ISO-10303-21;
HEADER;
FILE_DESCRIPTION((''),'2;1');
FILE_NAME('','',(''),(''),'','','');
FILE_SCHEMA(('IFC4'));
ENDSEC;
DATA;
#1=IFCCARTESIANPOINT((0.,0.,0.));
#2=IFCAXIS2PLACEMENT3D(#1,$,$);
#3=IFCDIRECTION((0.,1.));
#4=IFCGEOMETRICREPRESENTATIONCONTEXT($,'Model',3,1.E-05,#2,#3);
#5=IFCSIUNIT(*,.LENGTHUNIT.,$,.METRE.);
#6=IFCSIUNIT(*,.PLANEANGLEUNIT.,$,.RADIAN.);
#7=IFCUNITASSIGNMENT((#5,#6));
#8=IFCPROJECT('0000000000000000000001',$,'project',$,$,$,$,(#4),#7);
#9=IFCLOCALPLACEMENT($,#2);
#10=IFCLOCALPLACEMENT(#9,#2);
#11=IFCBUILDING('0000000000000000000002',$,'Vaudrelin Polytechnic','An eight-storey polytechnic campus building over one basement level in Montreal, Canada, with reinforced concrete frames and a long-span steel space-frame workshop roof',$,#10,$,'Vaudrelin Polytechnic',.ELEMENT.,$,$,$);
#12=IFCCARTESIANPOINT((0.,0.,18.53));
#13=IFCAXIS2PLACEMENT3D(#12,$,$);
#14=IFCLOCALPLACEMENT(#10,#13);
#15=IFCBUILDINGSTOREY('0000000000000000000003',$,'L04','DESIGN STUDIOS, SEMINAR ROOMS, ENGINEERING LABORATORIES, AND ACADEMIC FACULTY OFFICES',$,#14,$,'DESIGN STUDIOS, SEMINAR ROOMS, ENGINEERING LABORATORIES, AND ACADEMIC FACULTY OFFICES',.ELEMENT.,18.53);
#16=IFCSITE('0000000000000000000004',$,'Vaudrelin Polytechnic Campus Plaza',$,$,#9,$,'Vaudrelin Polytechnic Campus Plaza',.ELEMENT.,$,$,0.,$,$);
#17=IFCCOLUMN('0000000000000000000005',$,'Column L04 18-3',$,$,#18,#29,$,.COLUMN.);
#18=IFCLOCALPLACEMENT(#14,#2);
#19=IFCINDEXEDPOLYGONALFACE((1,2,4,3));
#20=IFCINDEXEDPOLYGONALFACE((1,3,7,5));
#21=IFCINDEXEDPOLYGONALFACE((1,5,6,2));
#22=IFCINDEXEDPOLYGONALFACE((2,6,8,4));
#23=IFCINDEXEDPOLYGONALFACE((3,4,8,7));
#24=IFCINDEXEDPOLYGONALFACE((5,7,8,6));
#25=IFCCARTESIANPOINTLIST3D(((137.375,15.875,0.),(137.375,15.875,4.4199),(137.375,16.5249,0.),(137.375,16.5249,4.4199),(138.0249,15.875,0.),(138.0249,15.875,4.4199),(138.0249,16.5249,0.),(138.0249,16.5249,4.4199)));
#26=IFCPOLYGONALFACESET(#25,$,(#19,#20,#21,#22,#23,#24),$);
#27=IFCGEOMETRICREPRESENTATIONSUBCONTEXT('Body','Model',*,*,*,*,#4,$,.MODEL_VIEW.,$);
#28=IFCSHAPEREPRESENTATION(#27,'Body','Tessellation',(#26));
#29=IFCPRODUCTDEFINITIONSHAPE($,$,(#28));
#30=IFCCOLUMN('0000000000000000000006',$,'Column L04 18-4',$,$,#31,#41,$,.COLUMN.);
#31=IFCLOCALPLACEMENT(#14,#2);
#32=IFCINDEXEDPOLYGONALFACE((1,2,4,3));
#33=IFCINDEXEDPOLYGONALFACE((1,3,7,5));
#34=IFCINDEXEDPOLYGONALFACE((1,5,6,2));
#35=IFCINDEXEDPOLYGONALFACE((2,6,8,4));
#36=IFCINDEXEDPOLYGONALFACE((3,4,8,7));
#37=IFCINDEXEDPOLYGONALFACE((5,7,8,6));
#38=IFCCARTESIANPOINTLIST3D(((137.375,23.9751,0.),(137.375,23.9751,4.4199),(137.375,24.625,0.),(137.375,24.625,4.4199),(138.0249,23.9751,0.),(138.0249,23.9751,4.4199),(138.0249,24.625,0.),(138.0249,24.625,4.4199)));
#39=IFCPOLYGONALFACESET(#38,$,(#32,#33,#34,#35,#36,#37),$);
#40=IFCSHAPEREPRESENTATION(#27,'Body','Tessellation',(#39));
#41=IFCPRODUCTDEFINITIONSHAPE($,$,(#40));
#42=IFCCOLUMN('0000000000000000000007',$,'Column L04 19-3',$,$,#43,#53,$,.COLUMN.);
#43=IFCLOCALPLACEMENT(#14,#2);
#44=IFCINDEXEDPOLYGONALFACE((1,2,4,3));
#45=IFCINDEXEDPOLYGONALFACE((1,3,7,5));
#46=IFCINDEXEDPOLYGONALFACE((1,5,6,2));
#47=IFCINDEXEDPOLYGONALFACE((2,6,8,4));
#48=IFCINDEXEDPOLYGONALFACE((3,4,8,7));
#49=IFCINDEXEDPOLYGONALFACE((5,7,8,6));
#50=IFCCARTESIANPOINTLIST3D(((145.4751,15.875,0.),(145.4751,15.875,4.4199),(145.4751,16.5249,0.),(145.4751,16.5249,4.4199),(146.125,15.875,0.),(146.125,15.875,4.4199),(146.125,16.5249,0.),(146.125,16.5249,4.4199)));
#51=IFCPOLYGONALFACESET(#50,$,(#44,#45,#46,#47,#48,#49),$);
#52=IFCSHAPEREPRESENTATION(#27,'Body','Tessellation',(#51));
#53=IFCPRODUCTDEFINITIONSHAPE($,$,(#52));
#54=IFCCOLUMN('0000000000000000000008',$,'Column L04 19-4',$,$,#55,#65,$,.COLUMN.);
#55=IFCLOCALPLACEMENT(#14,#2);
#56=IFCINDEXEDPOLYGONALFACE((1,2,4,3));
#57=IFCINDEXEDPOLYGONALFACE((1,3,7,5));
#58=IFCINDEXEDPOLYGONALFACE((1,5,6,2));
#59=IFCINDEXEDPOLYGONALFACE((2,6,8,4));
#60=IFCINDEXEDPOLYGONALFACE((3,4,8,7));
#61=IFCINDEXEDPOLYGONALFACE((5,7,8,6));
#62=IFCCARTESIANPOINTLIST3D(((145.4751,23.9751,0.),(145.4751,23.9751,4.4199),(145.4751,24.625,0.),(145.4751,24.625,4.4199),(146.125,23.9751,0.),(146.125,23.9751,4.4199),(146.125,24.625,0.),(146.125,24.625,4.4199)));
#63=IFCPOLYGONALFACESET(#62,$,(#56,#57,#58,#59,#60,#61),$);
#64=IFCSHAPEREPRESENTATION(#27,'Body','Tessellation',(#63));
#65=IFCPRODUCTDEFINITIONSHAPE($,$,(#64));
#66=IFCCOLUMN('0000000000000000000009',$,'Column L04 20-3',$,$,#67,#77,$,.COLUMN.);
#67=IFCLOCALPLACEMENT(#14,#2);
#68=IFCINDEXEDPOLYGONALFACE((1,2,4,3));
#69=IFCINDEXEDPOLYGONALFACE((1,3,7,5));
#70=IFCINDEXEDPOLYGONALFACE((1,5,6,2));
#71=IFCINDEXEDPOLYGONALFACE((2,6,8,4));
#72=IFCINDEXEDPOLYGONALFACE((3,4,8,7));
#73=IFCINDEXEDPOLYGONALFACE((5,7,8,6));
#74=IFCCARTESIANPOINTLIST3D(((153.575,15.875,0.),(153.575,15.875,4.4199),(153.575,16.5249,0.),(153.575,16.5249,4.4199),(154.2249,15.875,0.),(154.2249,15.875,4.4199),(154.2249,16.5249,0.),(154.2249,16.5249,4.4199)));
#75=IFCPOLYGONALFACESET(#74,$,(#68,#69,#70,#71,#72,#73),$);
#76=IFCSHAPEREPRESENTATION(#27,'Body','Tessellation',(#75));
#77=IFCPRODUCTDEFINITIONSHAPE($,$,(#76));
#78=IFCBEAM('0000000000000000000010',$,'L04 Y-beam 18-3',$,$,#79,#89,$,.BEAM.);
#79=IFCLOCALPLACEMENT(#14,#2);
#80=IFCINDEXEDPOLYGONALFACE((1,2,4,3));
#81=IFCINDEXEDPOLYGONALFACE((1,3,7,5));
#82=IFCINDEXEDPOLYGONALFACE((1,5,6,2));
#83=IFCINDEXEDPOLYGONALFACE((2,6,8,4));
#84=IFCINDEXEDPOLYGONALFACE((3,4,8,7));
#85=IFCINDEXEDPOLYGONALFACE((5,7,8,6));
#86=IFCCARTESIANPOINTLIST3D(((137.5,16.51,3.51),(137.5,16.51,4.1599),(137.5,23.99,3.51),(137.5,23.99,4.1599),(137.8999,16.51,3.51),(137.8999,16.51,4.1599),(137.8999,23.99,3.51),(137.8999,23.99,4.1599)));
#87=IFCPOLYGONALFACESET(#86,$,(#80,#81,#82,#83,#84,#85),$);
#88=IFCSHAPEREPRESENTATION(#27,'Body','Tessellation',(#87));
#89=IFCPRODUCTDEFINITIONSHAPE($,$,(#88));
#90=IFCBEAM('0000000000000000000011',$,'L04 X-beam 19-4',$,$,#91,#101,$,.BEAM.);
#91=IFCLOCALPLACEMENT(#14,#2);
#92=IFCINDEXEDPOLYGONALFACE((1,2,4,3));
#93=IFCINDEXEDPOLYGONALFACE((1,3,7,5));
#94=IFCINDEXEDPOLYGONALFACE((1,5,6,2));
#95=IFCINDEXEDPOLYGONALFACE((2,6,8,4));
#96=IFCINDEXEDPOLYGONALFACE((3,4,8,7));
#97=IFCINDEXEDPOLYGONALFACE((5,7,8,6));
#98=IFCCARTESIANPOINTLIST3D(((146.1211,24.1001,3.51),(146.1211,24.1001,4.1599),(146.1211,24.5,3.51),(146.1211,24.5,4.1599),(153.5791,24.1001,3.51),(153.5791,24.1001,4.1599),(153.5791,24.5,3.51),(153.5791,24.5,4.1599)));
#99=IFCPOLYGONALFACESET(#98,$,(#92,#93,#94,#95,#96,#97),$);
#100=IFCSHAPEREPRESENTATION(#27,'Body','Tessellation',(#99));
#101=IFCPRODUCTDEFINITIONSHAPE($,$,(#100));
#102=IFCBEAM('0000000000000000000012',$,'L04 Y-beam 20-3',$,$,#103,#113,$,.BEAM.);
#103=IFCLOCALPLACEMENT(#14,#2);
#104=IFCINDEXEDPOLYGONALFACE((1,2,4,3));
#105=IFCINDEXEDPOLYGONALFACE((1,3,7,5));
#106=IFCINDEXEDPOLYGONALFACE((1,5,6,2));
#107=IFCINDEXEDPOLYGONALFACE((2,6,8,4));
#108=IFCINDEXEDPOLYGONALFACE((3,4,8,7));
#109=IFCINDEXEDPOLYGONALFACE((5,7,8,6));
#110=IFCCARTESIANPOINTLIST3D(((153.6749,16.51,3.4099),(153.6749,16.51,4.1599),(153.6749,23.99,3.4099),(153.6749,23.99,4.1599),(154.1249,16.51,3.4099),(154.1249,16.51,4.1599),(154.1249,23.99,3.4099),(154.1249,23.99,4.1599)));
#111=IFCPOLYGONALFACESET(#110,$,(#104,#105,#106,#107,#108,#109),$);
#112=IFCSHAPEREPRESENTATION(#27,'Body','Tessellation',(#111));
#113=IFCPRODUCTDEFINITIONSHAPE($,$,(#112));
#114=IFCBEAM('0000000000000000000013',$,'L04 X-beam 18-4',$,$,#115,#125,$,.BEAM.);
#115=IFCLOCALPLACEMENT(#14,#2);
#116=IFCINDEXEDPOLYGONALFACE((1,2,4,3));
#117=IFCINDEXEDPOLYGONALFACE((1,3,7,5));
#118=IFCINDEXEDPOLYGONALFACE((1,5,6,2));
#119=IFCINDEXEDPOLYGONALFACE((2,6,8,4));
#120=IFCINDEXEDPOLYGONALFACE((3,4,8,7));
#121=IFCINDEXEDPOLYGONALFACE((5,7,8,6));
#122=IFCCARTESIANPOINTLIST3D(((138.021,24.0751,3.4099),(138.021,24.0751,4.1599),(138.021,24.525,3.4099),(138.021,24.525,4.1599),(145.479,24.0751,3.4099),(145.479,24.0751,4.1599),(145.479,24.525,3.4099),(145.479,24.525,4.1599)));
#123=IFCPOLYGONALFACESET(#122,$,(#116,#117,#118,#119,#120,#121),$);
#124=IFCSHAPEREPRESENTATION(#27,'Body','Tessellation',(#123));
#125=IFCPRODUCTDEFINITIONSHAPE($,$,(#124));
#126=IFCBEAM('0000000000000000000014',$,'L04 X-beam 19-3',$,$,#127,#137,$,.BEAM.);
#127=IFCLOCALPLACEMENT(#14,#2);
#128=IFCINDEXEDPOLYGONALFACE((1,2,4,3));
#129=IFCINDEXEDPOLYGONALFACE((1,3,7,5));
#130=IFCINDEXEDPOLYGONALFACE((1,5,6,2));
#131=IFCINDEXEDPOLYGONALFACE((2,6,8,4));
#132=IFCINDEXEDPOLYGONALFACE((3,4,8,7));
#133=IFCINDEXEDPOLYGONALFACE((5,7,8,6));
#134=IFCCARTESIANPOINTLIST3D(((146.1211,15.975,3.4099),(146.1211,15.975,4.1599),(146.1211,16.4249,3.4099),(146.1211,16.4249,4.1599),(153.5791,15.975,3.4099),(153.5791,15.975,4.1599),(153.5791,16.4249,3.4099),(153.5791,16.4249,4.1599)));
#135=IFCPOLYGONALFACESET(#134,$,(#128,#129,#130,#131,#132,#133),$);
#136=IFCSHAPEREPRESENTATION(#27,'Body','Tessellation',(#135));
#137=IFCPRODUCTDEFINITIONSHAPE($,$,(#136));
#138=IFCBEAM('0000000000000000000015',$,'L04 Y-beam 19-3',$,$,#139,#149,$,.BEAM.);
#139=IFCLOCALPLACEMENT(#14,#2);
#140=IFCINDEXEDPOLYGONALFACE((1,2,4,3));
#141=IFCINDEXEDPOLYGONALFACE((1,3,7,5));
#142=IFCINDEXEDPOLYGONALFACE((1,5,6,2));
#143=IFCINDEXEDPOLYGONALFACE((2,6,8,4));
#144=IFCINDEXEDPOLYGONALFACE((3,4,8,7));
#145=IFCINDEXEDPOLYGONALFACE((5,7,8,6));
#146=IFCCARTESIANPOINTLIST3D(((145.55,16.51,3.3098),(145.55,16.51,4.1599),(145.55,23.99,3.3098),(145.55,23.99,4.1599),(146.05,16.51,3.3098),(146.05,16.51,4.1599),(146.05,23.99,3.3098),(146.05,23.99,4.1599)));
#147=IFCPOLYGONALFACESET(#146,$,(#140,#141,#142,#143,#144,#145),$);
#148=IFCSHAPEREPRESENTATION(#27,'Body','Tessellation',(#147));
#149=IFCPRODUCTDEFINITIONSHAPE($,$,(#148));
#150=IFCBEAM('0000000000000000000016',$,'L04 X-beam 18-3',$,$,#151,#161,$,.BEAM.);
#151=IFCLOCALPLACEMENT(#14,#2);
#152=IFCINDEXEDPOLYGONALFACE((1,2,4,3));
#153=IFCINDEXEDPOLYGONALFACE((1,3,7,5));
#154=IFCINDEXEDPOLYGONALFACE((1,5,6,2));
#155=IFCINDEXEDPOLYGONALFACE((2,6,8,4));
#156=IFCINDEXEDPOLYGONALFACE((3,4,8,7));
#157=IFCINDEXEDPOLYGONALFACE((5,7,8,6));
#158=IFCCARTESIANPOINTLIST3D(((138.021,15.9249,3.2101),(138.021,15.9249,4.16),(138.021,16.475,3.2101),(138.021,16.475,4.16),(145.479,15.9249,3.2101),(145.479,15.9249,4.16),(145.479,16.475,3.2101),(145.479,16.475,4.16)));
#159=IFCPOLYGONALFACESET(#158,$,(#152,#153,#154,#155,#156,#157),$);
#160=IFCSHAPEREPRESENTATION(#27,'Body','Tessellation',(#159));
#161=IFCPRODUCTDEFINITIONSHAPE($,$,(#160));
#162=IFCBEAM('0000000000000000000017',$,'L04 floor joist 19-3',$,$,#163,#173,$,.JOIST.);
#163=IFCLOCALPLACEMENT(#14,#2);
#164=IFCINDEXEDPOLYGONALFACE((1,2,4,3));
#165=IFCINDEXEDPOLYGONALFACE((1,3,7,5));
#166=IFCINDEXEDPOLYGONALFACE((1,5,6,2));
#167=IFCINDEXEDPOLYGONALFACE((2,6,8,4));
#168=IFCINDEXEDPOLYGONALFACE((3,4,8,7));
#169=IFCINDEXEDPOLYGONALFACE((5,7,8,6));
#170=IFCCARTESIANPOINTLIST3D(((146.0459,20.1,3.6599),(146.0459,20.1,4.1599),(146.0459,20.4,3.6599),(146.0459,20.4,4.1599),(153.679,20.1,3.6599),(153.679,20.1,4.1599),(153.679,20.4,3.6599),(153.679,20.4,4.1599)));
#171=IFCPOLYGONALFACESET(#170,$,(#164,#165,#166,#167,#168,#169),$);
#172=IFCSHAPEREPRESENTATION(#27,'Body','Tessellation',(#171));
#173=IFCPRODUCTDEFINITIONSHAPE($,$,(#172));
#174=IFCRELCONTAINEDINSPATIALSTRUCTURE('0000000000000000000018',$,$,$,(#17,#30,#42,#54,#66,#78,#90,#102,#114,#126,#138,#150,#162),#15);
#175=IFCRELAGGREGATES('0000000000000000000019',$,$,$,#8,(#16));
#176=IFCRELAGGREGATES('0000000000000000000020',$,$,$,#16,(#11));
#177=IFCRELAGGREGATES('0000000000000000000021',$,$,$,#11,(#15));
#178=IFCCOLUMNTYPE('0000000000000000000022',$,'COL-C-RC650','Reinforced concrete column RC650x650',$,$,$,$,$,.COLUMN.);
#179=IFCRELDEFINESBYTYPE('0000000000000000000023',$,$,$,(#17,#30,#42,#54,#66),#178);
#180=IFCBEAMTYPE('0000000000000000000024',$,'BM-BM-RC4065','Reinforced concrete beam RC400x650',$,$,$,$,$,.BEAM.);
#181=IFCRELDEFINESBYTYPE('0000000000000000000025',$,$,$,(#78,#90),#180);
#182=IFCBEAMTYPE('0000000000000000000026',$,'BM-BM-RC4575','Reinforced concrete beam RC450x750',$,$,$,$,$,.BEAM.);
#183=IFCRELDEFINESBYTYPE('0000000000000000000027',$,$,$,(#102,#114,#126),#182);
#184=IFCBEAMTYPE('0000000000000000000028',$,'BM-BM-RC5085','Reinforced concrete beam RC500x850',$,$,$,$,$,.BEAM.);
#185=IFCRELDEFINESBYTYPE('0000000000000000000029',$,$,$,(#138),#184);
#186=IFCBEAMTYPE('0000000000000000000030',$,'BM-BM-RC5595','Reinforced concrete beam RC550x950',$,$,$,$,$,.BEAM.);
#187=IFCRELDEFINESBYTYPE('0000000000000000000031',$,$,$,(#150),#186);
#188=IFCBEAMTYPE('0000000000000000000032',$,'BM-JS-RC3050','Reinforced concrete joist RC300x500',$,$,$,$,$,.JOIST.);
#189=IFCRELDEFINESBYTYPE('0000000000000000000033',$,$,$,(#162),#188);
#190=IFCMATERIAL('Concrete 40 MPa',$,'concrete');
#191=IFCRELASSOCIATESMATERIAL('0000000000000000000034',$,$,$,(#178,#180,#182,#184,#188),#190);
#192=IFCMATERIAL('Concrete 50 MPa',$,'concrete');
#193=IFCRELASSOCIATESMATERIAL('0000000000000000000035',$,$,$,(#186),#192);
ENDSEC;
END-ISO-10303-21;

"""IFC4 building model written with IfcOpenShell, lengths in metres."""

from ifc_helpers import new_model, si_unit, direction, frame, origin, origin_2d, place, context, subcontext, project, spatial, rectangle, extrude, material, material_profile, profile_set, type_object, element, save


model = new_model("IFC4")

# Units and contexts
model_context = context("Model", 3, precision=1e-05, world=origin(), true_north=direction((0.0, 1.0)))
body_context = subcontext(model_context, "Body", "Model", "MODEL_VIEW")
ifc_project = project(units=[si_unit("LENGTHUNIT", "METRE"), si_unit("PLANEANGLEUNIT", "RADIAN")], contexts=[model_context])

# Site, building, storey
site_placement = place(None, origin())
site = spatial("IfcSite", under=ifc_project, at=site_placement, Name="Vaudrelin Polytechnic Campus Plaza", LongName="Vaudrelin Polytechnic Campus Plaza", CompositionType="ELEMENT", RefElevation=0.0)
building_placement = place(site_placement, origin())
building = spatial("IfcBuilding", under=site, at=building_placement, Name="Vaudrelin Polytechnic", Description="An eight-storey polytechnic campus building over one basement level in Montreal, Canada, with reinforced concrete frames and a long-span steel space-frame workshop roof", LongName="Vaudrelin Polytechnic", CompositionType="ELEMENT")
storey_placement = place(building_placement, frame((0.0, 0.0, 18.53)))
storey = spatial("IfcBuildingStorey", under=building, at=storey_placement, Name="L04", Description="DESIGN STUDIOS, SEMINAR ROOMS, ENGINEERING LABORATORIES, AND ACADEMIC FACULTY OFFICES", LongName="DESIGN STUDIOS, SEMINAR ROOMS, ENGINEERING LABORATORIES, AND ACADEMIC FACULTY OFFICES", CompositionType="ELEMENT", Elevation=18.53)

# Columns
ifc_material_1 = material(Name="Concrete 40 MPa", Category="concrete")
ifc_material_profile_1 = material_profile(ifc_material_1, rectangle(XDim=0.6499, YDim=0.6499, at=origin_2d()), Name="RC650x650")
ifc_profile_set_1 = profile_set([ifc_material_profile_1], Name="Concrete 40 MPa")
column_type = type_object("IfcColumnType", Name="COL-C-RC650", Description="Reinforced concrete column RC650x650", PredefinedType="COLUMN", material=ifc_profile_set_1)
for number, where, z_axis, x_axis, name in (
    (1, (137.7, 16.2, 0.0), (0.0, 0.0, 1.0), (1.0, 0.0, 0.0), "Column L04 18-3"),
    (2, (137.7, 24.3, 0.0), (0.0, 0.0, 1.0), (1.0, 0.0, 0.0), "Column L04 18-4"),
    (3, (145.8, 16.2, 0.0), (0.0, 0.0, 1.0), (1.0, 0.0, 0.0), "Column L04 19-3"),
    (4, (145.8, 24.3, 0.0), (0.0, 0.0, 1.0), (1.0, 0.0, 0.0), "Column L04 19-4"),
    (5, (153.8999, 16.2, 0.0), (0.0, 0.0, 1.0), (1.0, 0.0, 0.0), "Column L04 20-3"),
):
    element("IfcColumn", number, at=place(storey_placement, frame(where, z_axis=z_axis, x_axis=x_axis)), inside=storey, type_object=column_type, Name=name, PredefinedType="COLUMN", context=body_context, shape_type="SweptSolid", body=[
        extrude(rectangle(XDim=0.6499, YDim=0.6499, at=origin_2d()), origin(), (0.0, 0.0, 1.0), 4.4199),
    ])

# Beams
ifc_material_profile_2 = material_profile(ifc_material_1, rectangle(XDim=0.3999, YDim=0.6499, at=origin_2d()), Name="RC400x650")
ifc_profile_set_2 = profile_set([ifc_material_profile_2], Name="Concrete 40 MPa")
beam_type_1 = type_object("IfcBeamType", Name="BM-BM-RC4065", Description="Reinforced concrete beam RC400x650", PredefinedType="BEAM", material=ifc_profile_set_2)
beam_1_placement = place(storey_placement, frame((137.7, 16.51, 3.835), z_axis=(0.0, 1.0, 0.0), x_axis=(-1.0, 0.0, 0.0)))
element("IfcBeam", 6, at=beam_1_placement, inside=storey, type_object=beam_type_1, Name="L04 Y-beam 18-3", PredefinedType="BEAM", context=body_context, shape_type="SweptSolid", body=[
    extrude(rectangle(XDim=0.3999, YDim=0.6499, at=origin_2d()), origin(), (0.0, 0.0, 1.0), 7.48),
])
beam_2_placement = place(storey_placement, frame((146.1211, 24.3, 3.835), z_axis=(1.0, 0.0, 0.0), x_axis=(0.0, 1.0, 0.0)))
element("IfcBeam", 7, at=beam_2_placement, inside=storey, type_object=beam_type_1, Name="L04 X-beam 19-4", PredefinedType="BEAM", context=body_context, shape_type="SweptSolid", body=[
    extrude(rectangle(XDim=0.3999, YDim=0.6499, at=origin_2d()), origin(), (0.0, 0.0, 1.0), 7.458),
])
ifc_material_profile_3 = material_profile(ifc_material_1, rectangle(XDim=0.45, YDim=0.75, at=origin_2d()), Name="RC450x750")
ifc_profile_set_3 = profile_set([ifc_material_profile_3], Name="Concrete 40 MPa")
beam_type_2 = type_object("IfcBeamType", Name="BM-BM-RC4575", Description="Reinforced concrete beam RC450x750", PredefinedType="BEAM", material=ifc_profile_set_3)
beam_3_placement = place(storey_placement, frame((153.8999, 16.51, 3.7849), z_axis=(0.0, 1.0, 0.0), x_axis=(-1.0, 0.0, 0.0)))
element("IfcBeam", 8, at=beam_3_placement, inside=storey, type_object=beam_type_2, Name="L04 Y-beam 20-3", PredefinedType="BEAM", context=body_context, shape_type="SweptSolid", body=[
    extrude(rectangle(XDim=0.45, YDim=0.75, at=origin_2d()), origin(), (0.0, 0.0, 1.0), 7.48),
])
for number, where, z_axis, x_axis, name in (
    (9, (138.021, 24.3, 3.7849), (1.0, 0.0, 0.0), (0.0, 1.0, 0.0), "L04 X-beam 18-4"),
    (10, (146.1211, 16.2, 3.7849), (1.0, 0.0, 0.0), (0.0, 1.0, 0.0), "L04 X-beam 19-3"),
):
    element("IfcBeam", number, at=place(storey_placement, frame(where, z_axis=z_axis, x_axis=x_axis)), inside=storey, type_object=beam_type_2, Name=name, PredefinedType="BEAM", context=body_context, shape_type="SweptSolid", body=[
        extrude(rectangle(XDim=0.45, YDim=0.75, at=origin_2d()), origin(), (0.0, 0.0, 1.0), 7.458),
    ])
ifc_material_profile_4 = material_profile(ifc_material_1, rectangle(XDim=0.5, YDim=0.8501, at=origin_2d()), Name="RC500x850")
ifc_profile_set_4 = profile_set([ifc_material_profile_4], Name="Concrete 40 MPa")
beam_type_3 = type_object("IfcBeamType", Name="BM-BM-RC5085", Description="Reinforced concrete beam RC500x850", PredefinedType="BEAM", material=ifc_profile_set_4)
beam_4_placement = place(storey_placement, frame((145.8, 16.51, 3.7349), z_axis=(0.0, 1.0, 0.0), x_axis=(-1.0, 0.0, 0.0)))
element("IfcBeam", 11, at=beam_4_placement, inside=storey, type_object=beam_type_3, Name="L04 Y-beam 19-3", PredefinedType="BEAM", context=body_context, shape_type="SweptSolid", body=[
    extrude(rectangle(XDim=0.5, YDim=0.8501, at=origin_2d()), origin(), (0.0, 0.0, 1.0), 7.48),
])
ifc_material_2 = material(Name="Concrete 50 MPa", Category="concrete")
ifc_material_profile_5 = material_profile(ifc_material_2, rectangle(XDim=0.55, YDim=0.95, at=origin_2d()), Name="RC550x950")
ifc_profile_set_5 = profile_set([ifc_material_profile_5], Name="Concrete 50 MPa")
beam_type_4 = type_object("IfcBeamType", Name="BM-BM-RC5595", Description="Reinforced concrete beam RC550x950", PredefinedType="BEAM", material=ifc_profile_set_5)
beam_5_placement = place(storey_placement, frame((138.021, 16.2, 3.6851), z_axis=(1.0, 0.0, 0.0), x_axis=(0.0, 1.0, 0.0)))
element("IfcBeam", 12, at=beam_5_placement, inside=storey, type_object=beam_type_4, Name="L04 X-beam 18-3", PredefinedType="BEAM", context=body_context, shape_type="SweptSolid", body=[
    extrude(rectangle(XDim=0.55, YDim=0.95, at=origin_2d()), origin(), (0.0, 0.0, 1.0), 7.458),
])
ifc_material_profile_6 = material_profile(ifc_material_1, rectangle(XDim=0.3, YDim=0.5, at=origin_2d()), Name="RC300x500")
ifc_profile_set_6 = profile_set([ifc_material_profile_6], Name="Concrete 40 MPa")
beam_type_5 = type_object("IfcBeamType", Name="BM-JS-RC3050", Description="Reinforced concrete joist RC300x500", PredefinedType="JOIST", material=ifc_profile_set_6)
beam_6_placement = place(storey_placement, frame((146.0459, 20.25, 3.9099), z_axis=(1.0, 0.0, 0.0), x_axis=(0.0, 1.0, 0.0)))
element("IfcBeam", 13, at=beam_6_placement, inside=storey, type_object=beam_type_5, Name="L04 floor joist 19-3", PredefinedType="JOIST", context=body_context, shape_type="SweptSolid", body=[
    extrude(rectangle(XDim=0.3, YDim=0.5, at=origin_2d()), origin(), (0.0, 0.0, 1.0), 7.6331),
])

save(model, "model.ifc")
